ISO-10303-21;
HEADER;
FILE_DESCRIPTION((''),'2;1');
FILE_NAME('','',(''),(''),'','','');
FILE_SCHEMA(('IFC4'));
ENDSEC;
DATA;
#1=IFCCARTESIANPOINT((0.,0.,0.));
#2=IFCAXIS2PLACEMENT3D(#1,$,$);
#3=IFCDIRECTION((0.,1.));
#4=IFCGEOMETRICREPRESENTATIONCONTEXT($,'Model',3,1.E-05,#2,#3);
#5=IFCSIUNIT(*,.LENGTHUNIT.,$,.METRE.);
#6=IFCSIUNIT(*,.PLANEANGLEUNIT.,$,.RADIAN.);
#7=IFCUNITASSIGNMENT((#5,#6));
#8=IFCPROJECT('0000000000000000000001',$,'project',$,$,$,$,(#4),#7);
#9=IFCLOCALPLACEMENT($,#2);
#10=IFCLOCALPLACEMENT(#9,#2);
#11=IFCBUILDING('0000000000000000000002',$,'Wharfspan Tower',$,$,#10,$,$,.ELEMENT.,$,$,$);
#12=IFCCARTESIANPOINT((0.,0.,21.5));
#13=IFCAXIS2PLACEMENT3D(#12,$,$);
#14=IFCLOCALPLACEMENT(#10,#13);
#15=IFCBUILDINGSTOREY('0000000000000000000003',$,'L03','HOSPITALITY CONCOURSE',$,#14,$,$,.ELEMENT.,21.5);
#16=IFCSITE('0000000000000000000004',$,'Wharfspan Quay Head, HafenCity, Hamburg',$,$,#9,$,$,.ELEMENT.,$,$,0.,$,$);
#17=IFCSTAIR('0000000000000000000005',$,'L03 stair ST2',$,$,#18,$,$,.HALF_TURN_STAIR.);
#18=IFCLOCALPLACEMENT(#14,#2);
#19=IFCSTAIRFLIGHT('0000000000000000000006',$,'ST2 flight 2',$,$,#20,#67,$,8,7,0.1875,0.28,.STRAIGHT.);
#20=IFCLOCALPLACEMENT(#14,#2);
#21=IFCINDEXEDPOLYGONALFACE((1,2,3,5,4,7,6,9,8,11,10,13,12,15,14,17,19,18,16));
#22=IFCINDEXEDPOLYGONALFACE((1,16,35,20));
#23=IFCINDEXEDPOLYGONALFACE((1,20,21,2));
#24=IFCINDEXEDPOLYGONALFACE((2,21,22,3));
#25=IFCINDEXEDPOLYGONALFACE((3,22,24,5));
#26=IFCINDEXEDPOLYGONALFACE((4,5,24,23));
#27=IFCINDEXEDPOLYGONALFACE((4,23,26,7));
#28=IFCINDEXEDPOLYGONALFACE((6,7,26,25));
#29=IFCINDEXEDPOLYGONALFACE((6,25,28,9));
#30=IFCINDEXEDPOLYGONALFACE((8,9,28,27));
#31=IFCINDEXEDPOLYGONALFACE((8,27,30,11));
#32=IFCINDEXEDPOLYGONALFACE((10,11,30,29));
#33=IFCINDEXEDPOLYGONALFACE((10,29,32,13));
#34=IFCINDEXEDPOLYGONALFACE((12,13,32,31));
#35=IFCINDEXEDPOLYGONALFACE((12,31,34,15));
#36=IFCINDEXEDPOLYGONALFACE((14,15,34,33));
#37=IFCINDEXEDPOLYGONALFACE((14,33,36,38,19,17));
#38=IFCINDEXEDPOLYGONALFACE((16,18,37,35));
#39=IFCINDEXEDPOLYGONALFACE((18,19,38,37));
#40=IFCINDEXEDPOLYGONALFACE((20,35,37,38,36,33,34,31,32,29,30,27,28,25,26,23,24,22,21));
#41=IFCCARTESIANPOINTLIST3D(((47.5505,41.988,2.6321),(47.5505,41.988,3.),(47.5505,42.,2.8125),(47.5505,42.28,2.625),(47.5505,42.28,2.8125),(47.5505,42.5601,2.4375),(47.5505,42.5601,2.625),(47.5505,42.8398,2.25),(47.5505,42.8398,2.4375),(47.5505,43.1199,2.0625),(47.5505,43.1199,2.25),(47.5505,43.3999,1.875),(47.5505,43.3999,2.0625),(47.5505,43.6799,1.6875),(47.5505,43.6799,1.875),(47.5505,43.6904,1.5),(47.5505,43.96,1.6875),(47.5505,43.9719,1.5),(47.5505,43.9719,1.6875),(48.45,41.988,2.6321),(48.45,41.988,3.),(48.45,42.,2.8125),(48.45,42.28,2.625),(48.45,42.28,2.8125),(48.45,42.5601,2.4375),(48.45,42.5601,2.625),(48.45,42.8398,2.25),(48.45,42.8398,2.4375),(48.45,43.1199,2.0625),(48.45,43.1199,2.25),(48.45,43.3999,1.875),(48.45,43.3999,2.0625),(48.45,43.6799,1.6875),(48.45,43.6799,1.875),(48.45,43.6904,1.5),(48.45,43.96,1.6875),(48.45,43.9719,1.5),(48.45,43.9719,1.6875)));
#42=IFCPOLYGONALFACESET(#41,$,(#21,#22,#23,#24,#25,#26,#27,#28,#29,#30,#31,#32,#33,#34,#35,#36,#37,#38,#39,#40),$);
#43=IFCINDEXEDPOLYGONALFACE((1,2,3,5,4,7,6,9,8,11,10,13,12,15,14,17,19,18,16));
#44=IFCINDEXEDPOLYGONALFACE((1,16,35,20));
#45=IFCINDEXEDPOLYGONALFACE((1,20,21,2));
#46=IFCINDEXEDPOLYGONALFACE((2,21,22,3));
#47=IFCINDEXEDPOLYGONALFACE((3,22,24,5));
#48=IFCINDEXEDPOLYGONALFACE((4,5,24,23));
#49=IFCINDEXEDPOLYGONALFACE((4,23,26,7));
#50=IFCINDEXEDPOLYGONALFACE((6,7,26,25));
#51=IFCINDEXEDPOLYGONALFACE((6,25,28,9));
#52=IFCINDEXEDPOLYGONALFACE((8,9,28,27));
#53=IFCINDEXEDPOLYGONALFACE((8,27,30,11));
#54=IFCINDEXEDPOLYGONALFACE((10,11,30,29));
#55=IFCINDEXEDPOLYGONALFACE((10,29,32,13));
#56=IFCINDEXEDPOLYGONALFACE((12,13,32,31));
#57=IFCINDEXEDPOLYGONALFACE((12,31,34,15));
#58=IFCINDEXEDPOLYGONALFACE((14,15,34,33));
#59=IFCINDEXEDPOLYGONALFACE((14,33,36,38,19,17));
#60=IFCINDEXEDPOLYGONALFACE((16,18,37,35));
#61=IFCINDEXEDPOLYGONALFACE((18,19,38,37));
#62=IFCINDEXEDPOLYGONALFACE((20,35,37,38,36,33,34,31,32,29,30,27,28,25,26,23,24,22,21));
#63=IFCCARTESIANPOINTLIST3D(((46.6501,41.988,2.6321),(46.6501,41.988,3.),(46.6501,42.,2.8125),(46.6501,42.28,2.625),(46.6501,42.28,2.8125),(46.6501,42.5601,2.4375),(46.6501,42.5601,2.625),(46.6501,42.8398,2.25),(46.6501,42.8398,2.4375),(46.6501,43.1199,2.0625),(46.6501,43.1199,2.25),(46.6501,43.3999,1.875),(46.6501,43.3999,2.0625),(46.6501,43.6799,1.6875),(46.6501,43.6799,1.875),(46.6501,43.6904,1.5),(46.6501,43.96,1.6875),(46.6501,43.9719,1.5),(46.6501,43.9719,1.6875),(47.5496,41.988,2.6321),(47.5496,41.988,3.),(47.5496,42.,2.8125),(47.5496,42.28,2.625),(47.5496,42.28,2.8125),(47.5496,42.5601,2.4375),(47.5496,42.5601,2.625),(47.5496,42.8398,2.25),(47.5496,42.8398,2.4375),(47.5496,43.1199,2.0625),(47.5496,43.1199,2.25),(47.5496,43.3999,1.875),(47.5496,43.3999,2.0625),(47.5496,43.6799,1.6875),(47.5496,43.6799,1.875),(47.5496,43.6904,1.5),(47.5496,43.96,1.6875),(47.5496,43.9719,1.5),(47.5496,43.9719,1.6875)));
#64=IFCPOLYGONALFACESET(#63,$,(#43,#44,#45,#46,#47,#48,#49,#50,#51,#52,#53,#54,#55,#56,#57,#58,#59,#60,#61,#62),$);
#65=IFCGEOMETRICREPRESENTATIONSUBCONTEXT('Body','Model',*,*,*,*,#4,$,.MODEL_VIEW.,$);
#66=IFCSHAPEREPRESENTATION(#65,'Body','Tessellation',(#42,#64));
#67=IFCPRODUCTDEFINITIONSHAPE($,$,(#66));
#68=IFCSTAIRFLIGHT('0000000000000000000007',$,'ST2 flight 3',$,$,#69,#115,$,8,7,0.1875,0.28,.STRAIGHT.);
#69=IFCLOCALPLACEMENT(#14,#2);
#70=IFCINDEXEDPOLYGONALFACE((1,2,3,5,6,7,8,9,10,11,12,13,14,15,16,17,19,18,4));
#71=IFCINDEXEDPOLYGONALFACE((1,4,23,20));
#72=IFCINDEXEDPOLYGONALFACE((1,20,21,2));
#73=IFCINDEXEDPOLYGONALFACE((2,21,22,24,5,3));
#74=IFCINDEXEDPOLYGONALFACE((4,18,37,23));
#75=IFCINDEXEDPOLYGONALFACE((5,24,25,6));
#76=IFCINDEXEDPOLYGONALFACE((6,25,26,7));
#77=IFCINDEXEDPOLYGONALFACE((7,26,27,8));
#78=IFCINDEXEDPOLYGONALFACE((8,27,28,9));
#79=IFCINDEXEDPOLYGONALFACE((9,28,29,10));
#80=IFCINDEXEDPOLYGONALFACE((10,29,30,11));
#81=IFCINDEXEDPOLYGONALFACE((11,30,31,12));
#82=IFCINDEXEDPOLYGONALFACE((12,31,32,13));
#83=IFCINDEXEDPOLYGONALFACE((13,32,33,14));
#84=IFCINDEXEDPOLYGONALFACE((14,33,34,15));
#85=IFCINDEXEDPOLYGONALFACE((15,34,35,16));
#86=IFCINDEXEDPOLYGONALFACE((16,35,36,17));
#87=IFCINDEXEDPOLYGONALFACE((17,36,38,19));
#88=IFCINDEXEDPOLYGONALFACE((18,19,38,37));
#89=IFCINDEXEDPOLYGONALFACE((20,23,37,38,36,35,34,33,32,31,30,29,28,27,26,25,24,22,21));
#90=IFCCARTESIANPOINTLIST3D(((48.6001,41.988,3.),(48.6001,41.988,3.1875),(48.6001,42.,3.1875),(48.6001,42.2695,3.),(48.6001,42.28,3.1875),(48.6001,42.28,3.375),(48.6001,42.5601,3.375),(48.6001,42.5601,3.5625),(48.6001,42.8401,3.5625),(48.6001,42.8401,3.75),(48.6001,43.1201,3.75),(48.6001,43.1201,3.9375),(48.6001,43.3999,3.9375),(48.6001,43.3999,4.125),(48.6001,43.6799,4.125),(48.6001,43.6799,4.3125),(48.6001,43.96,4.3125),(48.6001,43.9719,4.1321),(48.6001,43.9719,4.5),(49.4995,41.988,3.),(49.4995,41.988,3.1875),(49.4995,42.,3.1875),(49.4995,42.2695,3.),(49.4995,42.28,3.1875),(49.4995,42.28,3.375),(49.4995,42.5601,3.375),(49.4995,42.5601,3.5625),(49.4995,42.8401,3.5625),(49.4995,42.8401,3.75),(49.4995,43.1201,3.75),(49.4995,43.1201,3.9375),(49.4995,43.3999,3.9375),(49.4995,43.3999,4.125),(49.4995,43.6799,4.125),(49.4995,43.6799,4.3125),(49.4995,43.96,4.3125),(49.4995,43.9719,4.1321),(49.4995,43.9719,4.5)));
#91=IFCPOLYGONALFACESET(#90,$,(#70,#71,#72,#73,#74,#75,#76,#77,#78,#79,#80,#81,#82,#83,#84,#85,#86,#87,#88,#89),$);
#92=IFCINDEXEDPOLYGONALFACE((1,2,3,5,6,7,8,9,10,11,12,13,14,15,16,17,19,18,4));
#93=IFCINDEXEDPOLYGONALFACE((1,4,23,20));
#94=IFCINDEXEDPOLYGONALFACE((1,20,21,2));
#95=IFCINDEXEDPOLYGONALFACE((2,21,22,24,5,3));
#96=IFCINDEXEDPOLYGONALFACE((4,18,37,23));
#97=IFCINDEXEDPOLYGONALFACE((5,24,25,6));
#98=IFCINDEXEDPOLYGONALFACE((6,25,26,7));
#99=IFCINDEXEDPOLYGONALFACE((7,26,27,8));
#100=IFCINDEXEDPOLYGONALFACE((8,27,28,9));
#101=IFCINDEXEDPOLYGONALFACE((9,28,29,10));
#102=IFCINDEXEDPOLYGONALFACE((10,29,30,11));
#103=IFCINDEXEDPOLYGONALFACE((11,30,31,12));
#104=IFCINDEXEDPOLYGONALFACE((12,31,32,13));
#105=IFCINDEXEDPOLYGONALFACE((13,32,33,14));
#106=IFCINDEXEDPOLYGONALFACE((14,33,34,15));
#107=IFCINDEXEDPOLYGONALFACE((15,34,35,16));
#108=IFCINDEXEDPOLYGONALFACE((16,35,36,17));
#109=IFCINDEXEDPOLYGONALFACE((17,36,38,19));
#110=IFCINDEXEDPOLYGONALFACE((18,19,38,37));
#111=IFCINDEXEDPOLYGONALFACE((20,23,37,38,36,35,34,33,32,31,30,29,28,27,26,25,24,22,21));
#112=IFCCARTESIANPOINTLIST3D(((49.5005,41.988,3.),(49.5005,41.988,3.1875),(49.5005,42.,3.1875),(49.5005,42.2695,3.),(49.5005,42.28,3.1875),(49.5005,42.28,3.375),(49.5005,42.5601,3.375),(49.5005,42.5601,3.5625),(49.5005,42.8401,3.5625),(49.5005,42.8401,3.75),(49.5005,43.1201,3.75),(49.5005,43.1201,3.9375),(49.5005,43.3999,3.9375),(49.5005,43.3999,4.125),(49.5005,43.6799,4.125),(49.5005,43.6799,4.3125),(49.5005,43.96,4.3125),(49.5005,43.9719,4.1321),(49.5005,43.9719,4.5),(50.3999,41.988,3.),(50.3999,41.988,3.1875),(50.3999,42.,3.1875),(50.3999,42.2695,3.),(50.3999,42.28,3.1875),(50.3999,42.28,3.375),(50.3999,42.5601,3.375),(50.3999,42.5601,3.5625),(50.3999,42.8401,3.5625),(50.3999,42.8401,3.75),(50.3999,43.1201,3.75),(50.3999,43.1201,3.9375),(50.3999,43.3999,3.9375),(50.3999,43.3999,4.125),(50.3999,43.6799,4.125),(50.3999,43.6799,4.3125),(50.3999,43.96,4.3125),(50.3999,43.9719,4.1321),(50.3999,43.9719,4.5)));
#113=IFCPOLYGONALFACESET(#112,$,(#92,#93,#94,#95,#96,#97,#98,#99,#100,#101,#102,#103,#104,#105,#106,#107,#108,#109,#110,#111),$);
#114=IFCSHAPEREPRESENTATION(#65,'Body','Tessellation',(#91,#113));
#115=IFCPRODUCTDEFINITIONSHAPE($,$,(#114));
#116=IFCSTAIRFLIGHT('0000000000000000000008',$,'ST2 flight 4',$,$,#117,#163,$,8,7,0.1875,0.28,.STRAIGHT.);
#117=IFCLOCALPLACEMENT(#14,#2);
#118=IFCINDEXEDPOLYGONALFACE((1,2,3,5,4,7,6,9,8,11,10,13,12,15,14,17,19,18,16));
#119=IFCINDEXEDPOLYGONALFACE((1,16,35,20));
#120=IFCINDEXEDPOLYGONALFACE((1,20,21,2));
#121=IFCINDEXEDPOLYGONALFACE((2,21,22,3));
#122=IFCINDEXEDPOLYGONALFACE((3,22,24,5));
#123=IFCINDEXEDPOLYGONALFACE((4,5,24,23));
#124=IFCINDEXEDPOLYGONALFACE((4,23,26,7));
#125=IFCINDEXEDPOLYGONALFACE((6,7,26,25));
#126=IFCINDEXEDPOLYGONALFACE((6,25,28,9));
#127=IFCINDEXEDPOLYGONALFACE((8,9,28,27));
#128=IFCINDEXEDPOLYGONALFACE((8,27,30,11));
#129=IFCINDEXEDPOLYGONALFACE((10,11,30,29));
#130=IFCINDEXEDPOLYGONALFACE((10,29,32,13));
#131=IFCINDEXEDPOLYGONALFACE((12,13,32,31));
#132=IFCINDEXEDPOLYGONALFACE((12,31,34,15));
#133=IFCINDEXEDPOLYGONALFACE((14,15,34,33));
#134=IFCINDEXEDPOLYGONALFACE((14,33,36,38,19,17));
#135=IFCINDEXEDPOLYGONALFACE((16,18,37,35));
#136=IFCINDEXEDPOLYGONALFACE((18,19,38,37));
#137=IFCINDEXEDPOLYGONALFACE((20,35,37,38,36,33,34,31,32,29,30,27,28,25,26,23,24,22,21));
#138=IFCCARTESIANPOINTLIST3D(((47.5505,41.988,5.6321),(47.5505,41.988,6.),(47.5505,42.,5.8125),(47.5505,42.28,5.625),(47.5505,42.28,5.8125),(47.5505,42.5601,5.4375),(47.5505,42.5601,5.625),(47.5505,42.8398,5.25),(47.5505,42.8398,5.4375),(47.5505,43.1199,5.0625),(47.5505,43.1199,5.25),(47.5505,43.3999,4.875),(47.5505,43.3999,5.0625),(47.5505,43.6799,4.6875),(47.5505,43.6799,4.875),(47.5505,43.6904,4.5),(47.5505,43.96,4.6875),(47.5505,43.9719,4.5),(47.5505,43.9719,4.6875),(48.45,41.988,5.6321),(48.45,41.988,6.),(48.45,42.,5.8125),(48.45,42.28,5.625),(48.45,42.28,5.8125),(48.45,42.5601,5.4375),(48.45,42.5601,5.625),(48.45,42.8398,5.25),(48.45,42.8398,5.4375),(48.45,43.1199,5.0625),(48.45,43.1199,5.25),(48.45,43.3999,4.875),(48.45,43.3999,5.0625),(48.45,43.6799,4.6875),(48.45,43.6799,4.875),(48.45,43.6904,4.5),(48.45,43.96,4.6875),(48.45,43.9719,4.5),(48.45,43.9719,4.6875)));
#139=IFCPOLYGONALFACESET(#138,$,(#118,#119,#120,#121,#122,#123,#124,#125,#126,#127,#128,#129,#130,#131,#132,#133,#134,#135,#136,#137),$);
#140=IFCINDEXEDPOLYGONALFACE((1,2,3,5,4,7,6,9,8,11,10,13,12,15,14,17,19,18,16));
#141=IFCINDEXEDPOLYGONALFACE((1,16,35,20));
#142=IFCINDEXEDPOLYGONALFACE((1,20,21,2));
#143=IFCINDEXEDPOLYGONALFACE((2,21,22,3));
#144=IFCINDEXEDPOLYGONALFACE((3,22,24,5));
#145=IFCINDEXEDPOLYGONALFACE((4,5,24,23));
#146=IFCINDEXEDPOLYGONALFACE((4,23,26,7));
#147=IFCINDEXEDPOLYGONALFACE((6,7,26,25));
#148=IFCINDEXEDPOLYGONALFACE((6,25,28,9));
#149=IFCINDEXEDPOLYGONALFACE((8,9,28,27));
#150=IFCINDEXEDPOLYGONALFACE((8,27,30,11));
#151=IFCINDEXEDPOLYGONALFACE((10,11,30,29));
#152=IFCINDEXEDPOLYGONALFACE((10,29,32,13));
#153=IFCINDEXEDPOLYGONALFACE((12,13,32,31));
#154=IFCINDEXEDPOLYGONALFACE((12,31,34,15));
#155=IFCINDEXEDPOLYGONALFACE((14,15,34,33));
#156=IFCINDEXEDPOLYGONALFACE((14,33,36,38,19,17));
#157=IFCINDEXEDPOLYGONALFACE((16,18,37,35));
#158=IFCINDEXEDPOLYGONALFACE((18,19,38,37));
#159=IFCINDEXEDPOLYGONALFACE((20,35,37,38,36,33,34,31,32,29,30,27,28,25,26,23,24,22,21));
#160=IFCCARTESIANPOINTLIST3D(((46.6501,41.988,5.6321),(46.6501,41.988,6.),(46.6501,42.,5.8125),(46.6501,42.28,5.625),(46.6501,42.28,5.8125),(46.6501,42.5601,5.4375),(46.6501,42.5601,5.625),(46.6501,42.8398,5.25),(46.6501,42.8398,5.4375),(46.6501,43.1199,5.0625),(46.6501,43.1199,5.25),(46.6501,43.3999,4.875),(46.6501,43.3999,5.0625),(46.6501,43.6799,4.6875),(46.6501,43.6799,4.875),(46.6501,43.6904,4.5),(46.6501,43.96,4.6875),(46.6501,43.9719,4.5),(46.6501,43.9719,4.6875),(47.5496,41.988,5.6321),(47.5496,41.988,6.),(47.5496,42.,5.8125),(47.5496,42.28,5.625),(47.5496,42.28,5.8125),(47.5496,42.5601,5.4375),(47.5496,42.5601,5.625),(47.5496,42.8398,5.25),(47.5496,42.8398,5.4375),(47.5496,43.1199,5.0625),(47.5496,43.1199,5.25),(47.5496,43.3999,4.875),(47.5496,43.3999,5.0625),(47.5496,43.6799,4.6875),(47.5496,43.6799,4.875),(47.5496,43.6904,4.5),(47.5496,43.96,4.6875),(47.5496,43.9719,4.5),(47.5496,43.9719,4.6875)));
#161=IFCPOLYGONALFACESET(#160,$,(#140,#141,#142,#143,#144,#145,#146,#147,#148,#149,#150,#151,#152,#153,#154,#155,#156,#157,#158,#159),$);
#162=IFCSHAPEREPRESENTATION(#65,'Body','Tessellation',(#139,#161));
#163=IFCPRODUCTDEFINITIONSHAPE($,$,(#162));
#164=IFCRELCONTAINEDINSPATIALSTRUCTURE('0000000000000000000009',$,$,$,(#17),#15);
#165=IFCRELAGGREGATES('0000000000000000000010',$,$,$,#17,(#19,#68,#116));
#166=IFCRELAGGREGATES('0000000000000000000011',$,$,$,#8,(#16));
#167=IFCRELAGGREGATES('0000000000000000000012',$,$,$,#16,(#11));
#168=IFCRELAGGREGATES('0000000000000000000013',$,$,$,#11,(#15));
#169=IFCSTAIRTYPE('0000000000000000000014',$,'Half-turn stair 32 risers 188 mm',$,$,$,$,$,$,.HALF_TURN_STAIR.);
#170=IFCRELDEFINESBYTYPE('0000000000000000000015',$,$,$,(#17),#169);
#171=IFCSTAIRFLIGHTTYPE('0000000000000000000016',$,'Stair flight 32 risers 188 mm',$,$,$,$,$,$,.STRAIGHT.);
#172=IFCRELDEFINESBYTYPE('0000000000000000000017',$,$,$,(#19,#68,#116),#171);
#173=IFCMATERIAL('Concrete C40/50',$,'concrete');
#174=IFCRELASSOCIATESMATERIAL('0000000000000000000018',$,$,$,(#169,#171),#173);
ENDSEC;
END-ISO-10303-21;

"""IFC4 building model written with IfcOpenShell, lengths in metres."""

from ifc_helpers import new_model, si_unit, direction, frame, origin, place, context, subcontext, project, spatial, polyline, outline, extrude, material, type_object, element, aggregate, save


model = new_model("IFC4")

# Units and contexts
model_context = context("Model", 3, precision=1e-05, world=origin(), true_north=direction((0.0, 1.0)))
body_context = subcontext(model_context, "Body", "Model", "MODEL_VIEW")
ifc_project = project(units=[si_unit("LENGTHUNIT", "METRE"), si_unit("PLANEANGLEUNIT", "RADIAN")], contexts=[model_context])

# Site, building, storey
site_placement = place(None, origin())
site = spatial("IfcSite", under=ifc_project, at=site_placement, Name="Wharfspan Quay Head, HafenCity, Hamburg", CompositionType="ELEMENT", RefElevation=0.0)
building_placement = place(site_placement, origin())
building = spatial("IfcBuilding", under=site, at=building_placement, Name="Wharfspan Tower", CompositionType="ELEMENT")
storey_placement = place(building_placement, frame((0.0, 0.0, 21.5)))
storey = spatial("IfcBuildingStorey", under=building, at=storey_placement, Name="L03", Description="HOSPITALITY CONCOURSE", CompositionType="ELEMENT", Elevation=21.5)

# Shared definitions
ifc_material_1 = material(Name="Concrete C40/50", Category="concrete")

# Stair, stair flights
stair_type = type_object("IfcStairType", Name="Half-turn stair 32 risers 188 mm", PredefinedType="HALF_TURN_STAIR", material=ifc_material_1)
stair_placement = place(storey_placement, origin())
stair = element("IfcStair", 1, at=stair_placement, inside=storey, type_object=stair_type, Name="L03 stair ST2", PredefinedType="HALF_TURN_STAIR")
stair_flight_type = type_object("IfcStairFlightType", Name="Stair flight 32 risers 188 mm", PredefinedType="STRAIGHT", material=ifc_material_1)
stair_flight_1_placement = place(storey_placement, frame((47.55, 43.96, 1.5), z_axis=(0.0, 0.0, 1.0), x_axis=(0.0, -1.0, 0.0)))
stair_flight_1 = element("IfcStairFlight", 2, at=stair_flight_1_placement, type_object=stair_flight_type, Name="ST2 flight 2", NumberOfRisers=8, NumberOfTreads=7, PredefinedType="STRAIGHT", RiserHeight=0.1875, TreadLength=0.28, context=body_context, shape_type="SweptSolid", body=[
    extrude(outline(polyline([(-0.012, 0.0), (-0.012, 0.1875), (0.0, 0.1875), (0.28, 0.1875), (0.28, 0.375), (0.5601, 0.375), (0.5601, 0.5625), (0.8401, 0.5625), (0.8401, 0.75), (1.1201, 0.75), (1.1201, 0.9375), (1.3999, 0.9375), (1.3999, 1.125), (1.6799, 1.125), (1.6799, 1.3125), (1.96, 1.3125), (1.9719, 1.5), (1.9719, 1.1321), (0.2695, 0.0), (-0.012, 0.0)])), frame((0.0, 0.8999, 0.0), z_axis=(0.0, -1.0, 0.0), x_axis=(1.0, 0.0, 0.0)), (0.0, 0.0, 1.0), 0.8994),
    extrude(outline(polyline([(-0.012, 0.0), (-0.012, 0.1875), (0.0, 0.1875), (0.28, 0.1875), (0.28, 0.375), (0.5601, 0.375), (0.5601, 0.5625), (0.8401, 0.5625), (0.8401, 0.75), (1.1201, 0.75), (1.1201, 0.9375), (1.3999, 0.9375), (1.3999, 1.125), (1.6799, 1.125), (1.6799, 1.3125), (1.96, 1.3125), (1.9719, 1.5), (1.9719, 1.1321), (0.2695, 0.0), (-0.012, 0.0)])), frame((0.0, -0.0005, 0.0), z_axis=(0.0, -1.0, 0.0), x_axis=(1.0, 0.0, 0.0)), (0.0, 0.0, 1.0), 0.8994),
])
stair_flight_2_placement = place(storey_placement, frame((49.5, 42.0, 3.0), z_axis=(0.0, 0.0, 1.0), x_axis=(0.0, 1.0, 0.0)))
stair_flight_2 = element("IfcStairFlight", 3, at=stair_flight_2_placement, type_object=stair_flight_type, Name="ST2 flight 3", NumberOfRisers=8, NumberOfTreads=7, PredefinedType="STRAIGHT", RiserHeight=0.1875, TreadLength=0.28, context=body_context, shape_type="SweptSolid", body=[
    extrude(outline(polyline([(-0.012, 0.0), (-0.012, 0.1875), (0.0, 0.1875), (0.28, 0.1875), (0.28, 0.375), (0.5601, 0.375), (0.5601, 0.5625), (0.8401, 0.5625), (0.8401, 0.75), (1.1201, 0.75), (1.1201, 0.9375), (1.3999, 0.9375), (1.3999, 1.125), (1.6799, 1.125), (1.6799, 1.3125), (1.96, 1.3125), (1.9719, 1.5), (1.9719, 1.1321), (0.2695, 0.0), (-0.012, 0.0)])), frame((0.0, 0.8999, 0.0), z_axis=(0.0, -1.0, 0.0), x_axis=(1.0, 0.0, 0.0)), (0.0, 0.0, 1.0), 0.8994),
    extrude(outline(polyline([(-0.012, 0.0), (-0.012, 0.1875), (0.0, 0.1875), (0.28, 0.1875), (0.28, 0.375), (0.5601, 0.375), (0.5601, 0.5625), (0.8401, 0.5625), (0.8401, 0.75), (1.1201, 0.75), (1.1201, 0.9375), (1.3999, 0.9375), (1.3999, 1.125), (1.6799, 1.125), (1.6799, 1.3125), (1.96, 1.3125), (1.9719, 1.5), (1.9719, 1.1321), (0.2695, 0.0), (-0.012, 0.0)])), frame((0.0, -0.0005, 0.0), z_axis=(0.0, -1.0, 0.0), x_axis=(1.0, 0.0, 0.0)), (0.0, 0.0, 1.0), 0.8994),
])
stair_flight_3_placement = place(storey_placement, frame((47.55, 43.96, 4.5), z_axis=(0.0, 0.0, 1.0), x_axis=(0.0, -1.0, 0.0)))
stair_flight_3 = element("IfcStairFlight", 4, at=stair_flight_3_placement, type_object=stair_flight_type, Name="ST2 flight 4", NumberOfRisers=8, NumberOfTreads=7, PredefinedType="STRAIGHT", RiserHeight=0.1875, TreadLength=0.28, context=body_context, shape_type="SweptSolid", body=[
    extrude(outline(polyline([(-0.012, 0.0), (-0.012, 0.1875), (0.0, 0.1875), (0.28, 0.1875), (0.28, 0.375), (0.5601, 0.375), (0.5601, 0.5625), (0.8401, 0.5625), (0.8401, 0.75), (1.1201, 0.75), (1.1201, 0.9375), (1.3999, 0.9375), (1.3999, 1.125), (1.6799, 1.125), (1.6799, 1.3125), (1.96, 1.3125), (1.9719, 1.5), (1.9719, 1.1321), (0.2695, 0.0), (-0.012, 0.0)])), frame((0.0, 0.8999, 0.0), z_axis=(0.0, -1.0, 0.0), x_axis=(1.0, 0.0, 0.0)), (0.0, 0.0, 1.0), 0.8994),
    extrude(outline(polyline([(-0.012, 0.0), (-0.012, 0.1875), (0.0, 0.1875), (0.28, 0.1875), (0.28, 0.375), (0.5601, 0.375), (0.5601, 0.5625), (0.8401, 0.5625), (0.8401, 0.75), (1.1201, 0.75), (1.1201, 0.9375), (1.3999, 0.9375), (1.3999, 1.125), (1.6799, 1.125), (1.6799, 1.3125), (1.96, 1.3125), (1.9719, 1.5), (1.9719, 1.1321), (0.2695, 0.0), (-0.012, 0.0)])), frame((0.0, -0.0005, 0.0), z_axis=(0.0, -1.0, 0.0), x_axis=(1.0, 0.0, 0.0)), (0.0, 0.0, 1.0), 0.8994),
])
aggregate(stair, [stair_flight_1, stair_flight_2, stair_flight_3])

save(model, "model.ifc")
